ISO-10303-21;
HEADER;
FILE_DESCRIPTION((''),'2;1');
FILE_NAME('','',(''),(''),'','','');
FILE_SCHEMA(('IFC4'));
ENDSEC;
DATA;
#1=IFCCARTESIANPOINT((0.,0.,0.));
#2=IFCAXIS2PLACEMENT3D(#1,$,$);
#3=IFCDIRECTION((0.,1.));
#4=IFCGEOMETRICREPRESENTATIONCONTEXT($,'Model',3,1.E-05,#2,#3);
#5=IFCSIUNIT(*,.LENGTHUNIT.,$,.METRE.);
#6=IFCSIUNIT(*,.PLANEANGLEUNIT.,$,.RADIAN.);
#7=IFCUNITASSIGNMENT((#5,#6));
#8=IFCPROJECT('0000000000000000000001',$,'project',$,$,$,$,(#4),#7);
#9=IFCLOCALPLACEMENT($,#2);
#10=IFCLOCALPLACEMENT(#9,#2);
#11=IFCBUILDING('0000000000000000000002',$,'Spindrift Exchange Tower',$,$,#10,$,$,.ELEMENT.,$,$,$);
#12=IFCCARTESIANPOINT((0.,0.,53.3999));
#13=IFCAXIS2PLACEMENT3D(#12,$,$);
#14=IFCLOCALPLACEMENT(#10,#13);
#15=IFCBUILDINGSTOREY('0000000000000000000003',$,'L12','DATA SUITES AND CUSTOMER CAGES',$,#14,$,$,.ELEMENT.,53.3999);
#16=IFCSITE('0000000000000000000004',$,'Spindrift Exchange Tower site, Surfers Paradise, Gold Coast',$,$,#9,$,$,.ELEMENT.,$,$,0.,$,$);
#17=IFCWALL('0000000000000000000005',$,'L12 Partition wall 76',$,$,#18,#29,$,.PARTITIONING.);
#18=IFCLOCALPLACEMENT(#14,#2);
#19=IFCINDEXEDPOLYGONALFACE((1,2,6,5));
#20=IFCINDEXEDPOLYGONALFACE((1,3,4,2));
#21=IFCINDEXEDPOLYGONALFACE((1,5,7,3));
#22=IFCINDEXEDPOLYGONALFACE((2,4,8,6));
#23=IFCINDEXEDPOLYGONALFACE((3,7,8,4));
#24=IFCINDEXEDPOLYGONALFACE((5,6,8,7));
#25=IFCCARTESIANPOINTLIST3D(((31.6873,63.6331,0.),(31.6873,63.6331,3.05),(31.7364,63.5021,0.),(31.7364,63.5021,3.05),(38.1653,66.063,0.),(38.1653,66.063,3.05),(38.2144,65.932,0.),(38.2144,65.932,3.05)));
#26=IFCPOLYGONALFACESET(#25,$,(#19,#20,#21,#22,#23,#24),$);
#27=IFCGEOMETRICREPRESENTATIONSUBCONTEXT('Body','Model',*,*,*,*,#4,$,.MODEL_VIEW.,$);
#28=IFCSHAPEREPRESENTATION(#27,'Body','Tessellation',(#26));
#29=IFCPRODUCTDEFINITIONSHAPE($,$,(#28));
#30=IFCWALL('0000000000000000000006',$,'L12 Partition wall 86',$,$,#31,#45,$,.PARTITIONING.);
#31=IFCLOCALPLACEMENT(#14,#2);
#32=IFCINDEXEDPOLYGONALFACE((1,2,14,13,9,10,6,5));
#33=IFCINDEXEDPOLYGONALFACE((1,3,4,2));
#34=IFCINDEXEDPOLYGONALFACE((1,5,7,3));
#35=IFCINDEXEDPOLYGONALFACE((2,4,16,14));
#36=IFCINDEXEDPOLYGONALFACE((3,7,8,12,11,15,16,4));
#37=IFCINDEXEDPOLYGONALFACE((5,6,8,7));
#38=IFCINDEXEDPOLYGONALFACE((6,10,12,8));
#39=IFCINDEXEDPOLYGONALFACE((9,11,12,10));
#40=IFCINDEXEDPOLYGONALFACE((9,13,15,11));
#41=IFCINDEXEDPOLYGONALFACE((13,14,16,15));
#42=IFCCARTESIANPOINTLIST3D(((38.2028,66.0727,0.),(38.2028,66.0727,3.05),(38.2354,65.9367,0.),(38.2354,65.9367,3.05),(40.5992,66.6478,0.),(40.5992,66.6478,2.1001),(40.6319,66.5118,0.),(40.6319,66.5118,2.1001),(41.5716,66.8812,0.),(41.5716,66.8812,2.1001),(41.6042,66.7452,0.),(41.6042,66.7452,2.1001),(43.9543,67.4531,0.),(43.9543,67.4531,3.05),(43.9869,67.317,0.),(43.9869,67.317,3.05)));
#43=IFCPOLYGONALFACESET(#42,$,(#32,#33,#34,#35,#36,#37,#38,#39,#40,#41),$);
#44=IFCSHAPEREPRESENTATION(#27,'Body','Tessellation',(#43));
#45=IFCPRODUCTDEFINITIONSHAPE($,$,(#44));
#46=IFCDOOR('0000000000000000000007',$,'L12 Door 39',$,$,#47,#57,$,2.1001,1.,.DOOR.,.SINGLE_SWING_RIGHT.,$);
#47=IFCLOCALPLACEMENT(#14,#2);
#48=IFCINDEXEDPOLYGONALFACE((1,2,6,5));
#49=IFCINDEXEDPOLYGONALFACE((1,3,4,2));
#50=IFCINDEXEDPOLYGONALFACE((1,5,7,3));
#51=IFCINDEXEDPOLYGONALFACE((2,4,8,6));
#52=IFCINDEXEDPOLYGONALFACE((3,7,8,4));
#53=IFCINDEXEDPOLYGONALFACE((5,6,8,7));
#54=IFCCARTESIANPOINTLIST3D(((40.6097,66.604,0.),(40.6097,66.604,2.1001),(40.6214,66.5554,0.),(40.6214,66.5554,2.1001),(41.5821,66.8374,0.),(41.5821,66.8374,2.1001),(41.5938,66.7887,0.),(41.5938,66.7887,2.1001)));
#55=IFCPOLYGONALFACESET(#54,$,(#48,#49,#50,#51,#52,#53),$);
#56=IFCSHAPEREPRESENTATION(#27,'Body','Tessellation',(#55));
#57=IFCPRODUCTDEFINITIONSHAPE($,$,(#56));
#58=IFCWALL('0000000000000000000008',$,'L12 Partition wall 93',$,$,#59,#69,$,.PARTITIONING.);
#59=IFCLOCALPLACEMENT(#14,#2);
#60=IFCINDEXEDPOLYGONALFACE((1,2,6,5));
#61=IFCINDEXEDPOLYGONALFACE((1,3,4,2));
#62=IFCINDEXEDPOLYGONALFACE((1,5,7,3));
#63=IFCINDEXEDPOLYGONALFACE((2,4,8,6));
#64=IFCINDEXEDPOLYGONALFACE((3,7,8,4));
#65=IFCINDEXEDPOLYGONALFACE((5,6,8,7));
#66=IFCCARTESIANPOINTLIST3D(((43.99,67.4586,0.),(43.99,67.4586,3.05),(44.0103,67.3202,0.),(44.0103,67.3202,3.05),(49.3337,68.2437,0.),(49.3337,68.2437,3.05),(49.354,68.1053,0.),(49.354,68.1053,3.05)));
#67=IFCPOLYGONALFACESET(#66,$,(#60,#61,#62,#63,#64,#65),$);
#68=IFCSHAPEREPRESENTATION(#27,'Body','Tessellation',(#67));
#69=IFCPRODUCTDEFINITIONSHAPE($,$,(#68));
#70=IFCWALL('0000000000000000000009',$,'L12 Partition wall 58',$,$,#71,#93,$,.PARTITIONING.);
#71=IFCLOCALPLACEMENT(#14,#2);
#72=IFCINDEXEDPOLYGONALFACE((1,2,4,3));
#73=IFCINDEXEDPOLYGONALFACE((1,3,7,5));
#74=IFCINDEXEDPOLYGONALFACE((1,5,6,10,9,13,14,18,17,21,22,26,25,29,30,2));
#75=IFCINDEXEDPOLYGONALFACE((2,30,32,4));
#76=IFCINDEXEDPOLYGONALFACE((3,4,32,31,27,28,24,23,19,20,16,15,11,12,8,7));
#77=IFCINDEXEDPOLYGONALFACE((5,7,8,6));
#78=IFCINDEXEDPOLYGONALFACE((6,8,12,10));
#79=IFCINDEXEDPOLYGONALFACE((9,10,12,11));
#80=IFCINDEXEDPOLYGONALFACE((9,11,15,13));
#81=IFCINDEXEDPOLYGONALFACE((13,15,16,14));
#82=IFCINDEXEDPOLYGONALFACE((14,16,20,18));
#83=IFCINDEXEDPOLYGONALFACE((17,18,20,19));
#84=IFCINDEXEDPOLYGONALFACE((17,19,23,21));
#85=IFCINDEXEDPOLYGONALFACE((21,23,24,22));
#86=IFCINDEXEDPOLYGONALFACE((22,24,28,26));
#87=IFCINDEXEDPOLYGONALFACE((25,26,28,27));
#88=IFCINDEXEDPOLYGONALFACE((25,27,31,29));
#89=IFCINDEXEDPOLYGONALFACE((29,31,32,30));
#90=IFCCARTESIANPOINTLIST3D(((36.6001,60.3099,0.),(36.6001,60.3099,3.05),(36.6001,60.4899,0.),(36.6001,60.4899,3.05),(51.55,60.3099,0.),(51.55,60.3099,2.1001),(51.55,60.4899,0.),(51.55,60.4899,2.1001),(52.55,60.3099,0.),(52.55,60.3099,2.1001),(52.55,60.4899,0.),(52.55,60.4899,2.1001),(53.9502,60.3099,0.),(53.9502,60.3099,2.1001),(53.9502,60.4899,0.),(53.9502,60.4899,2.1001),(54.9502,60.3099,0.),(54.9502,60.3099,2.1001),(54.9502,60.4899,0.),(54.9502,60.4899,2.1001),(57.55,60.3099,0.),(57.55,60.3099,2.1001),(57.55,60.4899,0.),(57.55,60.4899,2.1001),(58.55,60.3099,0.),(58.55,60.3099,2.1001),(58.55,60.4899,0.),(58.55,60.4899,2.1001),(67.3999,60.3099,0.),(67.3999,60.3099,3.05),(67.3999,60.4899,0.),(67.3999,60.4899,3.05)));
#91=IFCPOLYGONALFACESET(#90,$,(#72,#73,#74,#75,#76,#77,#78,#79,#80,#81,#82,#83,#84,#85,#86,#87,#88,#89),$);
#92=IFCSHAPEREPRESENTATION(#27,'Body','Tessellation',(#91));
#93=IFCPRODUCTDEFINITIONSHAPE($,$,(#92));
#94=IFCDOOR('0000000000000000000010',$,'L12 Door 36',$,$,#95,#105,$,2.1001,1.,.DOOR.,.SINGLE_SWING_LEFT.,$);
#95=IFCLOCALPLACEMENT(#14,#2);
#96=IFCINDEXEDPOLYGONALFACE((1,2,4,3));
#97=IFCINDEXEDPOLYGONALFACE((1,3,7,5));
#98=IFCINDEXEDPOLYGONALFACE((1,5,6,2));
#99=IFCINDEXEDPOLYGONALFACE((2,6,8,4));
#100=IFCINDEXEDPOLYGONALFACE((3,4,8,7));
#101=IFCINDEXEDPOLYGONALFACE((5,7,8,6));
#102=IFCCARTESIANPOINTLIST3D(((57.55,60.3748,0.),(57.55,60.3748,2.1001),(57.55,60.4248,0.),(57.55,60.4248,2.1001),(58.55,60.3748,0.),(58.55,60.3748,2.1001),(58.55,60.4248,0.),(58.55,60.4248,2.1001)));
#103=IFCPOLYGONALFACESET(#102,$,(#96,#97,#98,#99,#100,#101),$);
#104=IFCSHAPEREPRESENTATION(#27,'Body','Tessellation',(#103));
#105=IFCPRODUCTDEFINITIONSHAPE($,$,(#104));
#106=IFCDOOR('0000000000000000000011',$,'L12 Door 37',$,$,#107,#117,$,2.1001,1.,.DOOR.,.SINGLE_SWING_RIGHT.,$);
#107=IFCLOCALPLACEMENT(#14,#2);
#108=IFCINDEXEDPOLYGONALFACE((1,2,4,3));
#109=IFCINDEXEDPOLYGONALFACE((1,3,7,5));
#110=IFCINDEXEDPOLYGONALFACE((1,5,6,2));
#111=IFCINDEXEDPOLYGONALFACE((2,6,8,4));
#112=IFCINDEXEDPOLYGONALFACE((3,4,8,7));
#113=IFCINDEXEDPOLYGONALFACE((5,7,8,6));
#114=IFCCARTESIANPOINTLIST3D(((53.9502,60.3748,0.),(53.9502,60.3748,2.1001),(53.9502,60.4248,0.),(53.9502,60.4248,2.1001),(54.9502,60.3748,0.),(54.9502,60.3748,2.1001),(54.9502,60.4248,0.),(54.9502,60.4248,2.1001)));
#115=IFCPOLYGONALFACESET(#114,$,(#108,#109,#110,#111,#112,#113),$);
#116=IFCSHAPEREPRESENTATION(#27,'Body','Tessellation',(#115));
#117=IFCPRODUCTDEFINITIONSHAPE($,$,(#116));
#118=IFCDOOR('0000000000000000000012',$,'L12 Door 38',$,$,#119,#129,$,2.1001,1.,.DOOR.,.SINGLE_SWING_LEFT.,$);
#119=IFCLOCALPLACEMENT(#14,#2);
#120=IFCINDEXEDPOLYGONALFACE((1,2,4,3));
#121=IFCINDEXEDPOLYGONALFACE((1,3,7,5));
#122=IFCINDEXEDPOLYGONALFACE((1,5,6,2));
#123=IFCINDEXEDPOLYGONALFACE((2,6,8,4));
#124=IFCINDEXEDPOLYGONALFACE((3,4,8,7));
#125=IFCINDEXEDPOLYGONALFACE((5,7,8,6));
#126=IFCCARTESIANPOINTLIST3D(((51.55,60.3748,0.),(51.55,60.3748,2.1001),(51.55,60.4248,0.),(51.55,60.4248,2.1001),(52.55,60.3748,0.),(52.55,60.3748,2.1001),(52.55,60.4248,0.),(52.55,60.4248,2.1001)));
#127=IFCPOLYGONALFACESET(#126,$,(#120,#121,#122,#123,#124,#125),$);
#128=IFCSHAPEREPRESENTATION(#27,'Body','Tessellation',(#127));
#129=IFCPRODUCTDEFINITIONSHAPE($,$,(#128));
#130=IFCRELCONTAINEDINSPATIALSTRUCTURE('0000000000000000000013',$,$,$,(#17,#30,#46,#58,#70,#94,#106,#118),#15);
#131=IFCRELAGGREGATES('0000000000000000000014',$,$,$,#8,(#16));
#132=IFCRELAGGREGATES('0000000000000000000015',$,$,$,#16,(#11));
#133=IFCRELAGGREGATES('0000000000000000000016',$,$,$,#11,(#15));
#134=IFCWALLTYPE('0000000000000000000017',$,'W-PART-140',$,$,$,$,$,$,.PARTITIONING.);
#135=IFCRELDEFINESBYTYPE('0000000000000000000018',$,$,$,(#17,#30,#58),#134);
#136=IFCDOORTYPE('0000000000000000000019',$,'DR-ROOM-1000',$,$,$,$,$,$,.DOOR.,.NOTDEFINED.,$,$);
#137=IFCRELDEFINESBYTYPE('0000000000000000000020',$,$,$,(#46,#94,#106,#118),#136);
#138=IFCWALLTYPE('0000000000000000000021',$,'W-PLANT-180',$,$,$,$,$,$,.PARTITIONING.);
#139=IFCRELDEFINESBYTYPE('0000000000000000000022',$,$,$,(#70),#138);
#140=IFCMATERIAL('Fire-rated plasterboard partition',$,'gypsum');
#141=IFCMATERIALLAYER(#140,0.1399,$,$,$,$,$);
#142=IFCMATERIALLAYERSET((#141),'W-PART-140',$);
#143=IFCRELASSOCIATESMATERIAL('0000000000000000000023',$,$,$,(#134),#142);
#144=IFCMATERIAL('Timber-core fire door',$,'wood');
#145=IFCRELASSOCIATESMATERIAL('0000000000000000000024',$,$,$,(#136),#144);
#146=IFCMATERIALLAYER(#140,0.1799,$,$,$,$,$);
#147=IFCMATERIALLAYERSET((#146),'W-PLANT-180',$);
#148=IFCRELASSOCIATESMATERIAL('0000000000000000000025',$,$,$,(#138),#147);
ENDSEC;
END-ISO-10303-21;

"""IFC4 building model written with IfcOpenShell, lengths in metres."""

from ifc_helpers import new_model, si_unit, direction, frame, frame_2d, origin, place, context, subcontext, project, spatial, rectangle, extrude, source, transform, mapped, material, layer, layer_set, type_object, element, fill, save


model = new_model("IFC4")

# Units and contexts
model_context = context("Model", 3, precision=1e-05, world=origin(), true_north=direction((0.0, 1.0)))
body_context = subcontext(model_context, "Body", "Model", "MODEL_VIEW")
ifc_project = project(units=[si_unit("LENGTHUNIT", "METRE"), si_unit("PLANEANGLEUNIT", "RADIAN")], contexts=[model_context])

# Site, building, storey
site_placement = place(None, origin())
site = spatial("IfcSite", under=ifc_project, at=site_placement, Name="Spindrift Exchange Tower site, Surfers Paradise, Gold Coast", CompositionType="ELEMENT", RefElevation=0.0)
building_placement = place(site_placement, origin())
building = spatial("IfcBuilding", under=site, at=building_placement, Name="Spindrift Exchange Tower", CompositionType="ELEMENT")
storey_placement = place(building_placement, frame((0.0, 0.0, 53.3999)))
storey = spatial("IfcBuildingStorey", under=building, at=storey_placement, Name="L12", Description="DATA SUITES AND CUSTOMER CAGES", CompositionType="ELEMENT", Elevation=53.3999)

# Shared definitions
ifc_material_1 = material(Name="Timber-core fire door", Category="wood")

# Wall
ifc_material_2 = material(Name="Fire-rated plasterboard partition", Category="gypsum")
ifc_layer_1 = layer(ifc_material_2, 0.1399)
ifc_layer_set_1 = layer_set([ifc_layer_1], Name="W-PART-140")
wall_type_1 = type_object("IfcWallType", Name="W-PART-140", PredefinedType="PARTITIONING", material=ifc_layer_set_1)
wall_1_placement = place(storey_placement, frame((38.1899, 65.9976, 0.0), z_axis=(0.0, 0.0, 1.0), x_axis=(-0.936297, -0.351209, 0.0)))
element("IfcWall", 1, at=wall_1_placement, inside=storey, type_object=wall_type_1, Name="L12 Partition wall 76", PredefinedType="PARTITIONING", context=body_context, shape_type="SweptSolid", body=[
    extrude(rectangle(XDim=6.9187, YDim=0.1399, at=frame_2d((3.4595, 0.0))), origin(), (0.0, 0.0, 1.0), 3.05),
])

# Wall, opening, door
wall_2_placement = place(storey_placement, frame((38.219, 66.0046, 0.0), z_axis=(0.0, 0.0, 1.0), x_axis=(0.972387, 0.233376, 0.0)))
wall_2 = element("IfcWall", 2, at=wall_2_placement, inside=storey, type_object=wall_type_1, Name="L12 Partition wall 86", PredefinedType="PARTITIONING", context=body_context, shape_type="SweptSolid", body=[
    extrude(rectangle(XDim=5.9148, YDim=0.1399, at=frame_2d((2.9575, 0.0))), origin(), (0.0, 0.0, 1.0), 3.05),
])
opening_1_placement = place(wall_2_placement, frame((2.4646, 0.0, 0.0)))
opening_1 = element("IfcOpeningElement", 3, at=opening_1_placement, cuts=wall_2, PredefinedType="OPENING", context=body_context, shape_type="SweptSolid", body=[
    extrude(rectangle(XDim=1.0, YDim=2.1001, at=frame_2d((0.5, 1.05))), frame((0.0, 0.0798, 0.0), z_axis=(0.0, -1.0, 0.0), x_axis=(1.0, 0.0, 0.0)), (0.0, 0.0, 1.0), 0.1599),
])
door_type_1 = type_object("IfcDoorType", Name="DR-ROOM-1000", OperationType="NOTDEFINED", PredefinedType="DOOR", material=ifc_material_1)
shared_shape_1 = source(origin(), body_context, "Body", "SweptSolid", [
    extrude(rectangle(XDim=1.0, YDim=2.1001, at=frame_2d((0.5, 1.05))), frame((0.0, 0.0249, 0.0), z_axis=(0.0, -1.0, 0.0), x_axis=(1.0, 0.0, 0.0)), (0.0, 0.0, 1.0), 0.05),
])
door_1_placement = place(opening_1_placement, origin())
door_1 = element("IfcDoor", 4, at=door_1_placement, inside=storey, type_object=door_type_1, Name="L12 Door 39", OperationType="SINGLE_SWING_RIGHT", OverallHeight=2.1001, OverallWidth=1.0, PredefinedType="DOOR", context=body_context, shape_type="MappedRepresentation", body=[
    mapped(shared_shape_1, transform((0.0, 0.0, 0.0), scale=1.0)),
])
fill(opening_1, door_1)

# Wall
wall_3_placement = place(storey_placement, frame((49.344, 68.1746, 0.0), z_axis=(0.0, 0.0, 1.0), x_axis=(-0.989377, -0.145369, 0.0)))
element("IfcWall", 5, at=wall_3_placement, inside=storey, type_object=wall_type_1, Name="L12 Partition wall 93", PredefinedType="PARTITIONING", context=body_context, shape_type="SweptSolid", body=[
    extrude(rectangle(XDim=5.4011, YDim=0.1399, at=frame_2d((2.7007, 0.0))), origin(), (0.0, 0.0, 1.0), 3.05),
])

# Wall, openings, doors
ifc_layer_2 = layer(ifc_material_2, 0.1799)
ifc_layer_set_2 = layer_set([ifc_layer_2], Name="W-PLANT-180")
wall_type_2 = type_object("IfcWallType", Name="W-PLANT-180", PredefinedType="PARTITIONING", material=ifc_layer_set_2)
wall_4_placement = place(storey_placement, frame((36.6001, 60.3999, 0.0), z_axis=(0.0, 0.0, 1.0), x_axis=(1.0, 0.0, 0.0)))
wall_4 = element("IfcWall", 6, at=wall_4_placement, inside=storey, type_object=wall_type_2, Name="L12 Partition wall 58", PredefinedType="PARTITIONING", context=body_context, shape_type="SweptSolid", body=[
    extrude(rectangle(XDim=30.7998, YDim=0.1799, at=frame_2d((15.3999, 0.0))), origin(), (0.0, 0.0, 1.0), 3.05),
])
opening_2_placement = place(wall_4_placement, frame((20.95, 0.0, 0.0)))
opening_2 = element("IfcOpeningElement", 7, at=opening_2_placement, cuts=wall_4, PredefinedType="OPENING", context=body_context, shape_type="SweptSolid", body=[
    extrude(rectangle(XDim=1.0, YDim=2.1001, at=frame_2d((0.5, 1.05))), frame((0.0, 0.0999, 0.0), z_axis=(0.0, -1.0, 0.0), x_axis=(1.0, 0.0, 0.0)), (0.0, 0.0, 1.0), 0.2),
])
opening_3_placement = place(wall_4_placement, frame((17.3501, 0.0, 0.0)))
opening_3 = element("IfcOpeningElement", 8, at=opening_3_placement, cuts=wall_4, PredefinedType="OPENING", context=body_context, shape_type="SweptSolid", body=[
    extrude(rectangle(XDim=1.0, YDim=2.1001, at=frame_2d((0.5, 1.05))), frame((0.0, 0.0999, 0.0), z_axis=(0.0, -1.0, 0.0), x_axis=(1.0, 0.0, 0.0)), (0.0, 0.0, 1.0), 0.2),
])
opening_4_placement = place(wall_4_placement, frame((14.95, 0.0, 0.0)))
opening_4 = element("IfcOpeningElement", 9, at=opening_4_placement, cuts=wall_4, PredefinedType="OPENING", context=body_context, shape_type="SweptSolid", body=[
    extrude(rectangle(XDim=1.0, YDim=2.1001, at=frame_2d((0.5, 1.05))), frame((0.0, 0.0999, 0.0), z_axis=(0.0, -1.0, 0.0), x_axis=(1.0, 0.0, 0.0)), (0.0, 0.0, 1.0), 0.2),
])
door_2_placement = place(opening_2_placement, origin())
door_2 = element("IfcDoor", 10, at=door_2_placement, inside=storey, type_object=door_type_1, Name="L12 Door 36", OperationType="SINGLE_SWING_LEFT", OverallHeight=2.1001, OverallWidth=1.0, PredefinedType="DOOR", context=body_context, shape_type="MappedRepresentation", body=[
    mapped(shared_shape_1, transform((0.0, 0.0, 0.0), scale=1.0)),
])
fill(opening_2, door_2)
door_3_placement = place(opening_3_placement, origin())
door_3 = element("IfcDoor", 11, at=door_3_placement, inside=storey, type_object=door_type_1, Name="L12 Door 37", OperationType="SINGLE_SWING_RIGHT", OverallHeight=2.1001, OverallWidth=1.0, PredefinedType="DOOR", context=body_context, shape_type="MappedRepresentation", body=[
    mapped(shared_shape_1, transform((0.0, 0.0, 0.0), scale=1.0)),
])
fill(opening_3, door_3)
door_4_placement = place(opening_4_placement, origin())
door_4 = element("IfcDoor", 12, at=door_4_placement, inside=storey, type_object=door_type_1, Name="L12 Door 38", OperationType="SINGLE_SWING_LEFT", OverallHeight=2.1001, OverallWidth=1.0, PredefinedType="DOOR", context=body_context, shape_type="MappedRepresentation", body=[
    mapped(shared_shape_1, transform((0.0, 0.0, 0.0), scale=1.0)),
])
fill(opening_4, door_4)

save(model, "model.ifc")
